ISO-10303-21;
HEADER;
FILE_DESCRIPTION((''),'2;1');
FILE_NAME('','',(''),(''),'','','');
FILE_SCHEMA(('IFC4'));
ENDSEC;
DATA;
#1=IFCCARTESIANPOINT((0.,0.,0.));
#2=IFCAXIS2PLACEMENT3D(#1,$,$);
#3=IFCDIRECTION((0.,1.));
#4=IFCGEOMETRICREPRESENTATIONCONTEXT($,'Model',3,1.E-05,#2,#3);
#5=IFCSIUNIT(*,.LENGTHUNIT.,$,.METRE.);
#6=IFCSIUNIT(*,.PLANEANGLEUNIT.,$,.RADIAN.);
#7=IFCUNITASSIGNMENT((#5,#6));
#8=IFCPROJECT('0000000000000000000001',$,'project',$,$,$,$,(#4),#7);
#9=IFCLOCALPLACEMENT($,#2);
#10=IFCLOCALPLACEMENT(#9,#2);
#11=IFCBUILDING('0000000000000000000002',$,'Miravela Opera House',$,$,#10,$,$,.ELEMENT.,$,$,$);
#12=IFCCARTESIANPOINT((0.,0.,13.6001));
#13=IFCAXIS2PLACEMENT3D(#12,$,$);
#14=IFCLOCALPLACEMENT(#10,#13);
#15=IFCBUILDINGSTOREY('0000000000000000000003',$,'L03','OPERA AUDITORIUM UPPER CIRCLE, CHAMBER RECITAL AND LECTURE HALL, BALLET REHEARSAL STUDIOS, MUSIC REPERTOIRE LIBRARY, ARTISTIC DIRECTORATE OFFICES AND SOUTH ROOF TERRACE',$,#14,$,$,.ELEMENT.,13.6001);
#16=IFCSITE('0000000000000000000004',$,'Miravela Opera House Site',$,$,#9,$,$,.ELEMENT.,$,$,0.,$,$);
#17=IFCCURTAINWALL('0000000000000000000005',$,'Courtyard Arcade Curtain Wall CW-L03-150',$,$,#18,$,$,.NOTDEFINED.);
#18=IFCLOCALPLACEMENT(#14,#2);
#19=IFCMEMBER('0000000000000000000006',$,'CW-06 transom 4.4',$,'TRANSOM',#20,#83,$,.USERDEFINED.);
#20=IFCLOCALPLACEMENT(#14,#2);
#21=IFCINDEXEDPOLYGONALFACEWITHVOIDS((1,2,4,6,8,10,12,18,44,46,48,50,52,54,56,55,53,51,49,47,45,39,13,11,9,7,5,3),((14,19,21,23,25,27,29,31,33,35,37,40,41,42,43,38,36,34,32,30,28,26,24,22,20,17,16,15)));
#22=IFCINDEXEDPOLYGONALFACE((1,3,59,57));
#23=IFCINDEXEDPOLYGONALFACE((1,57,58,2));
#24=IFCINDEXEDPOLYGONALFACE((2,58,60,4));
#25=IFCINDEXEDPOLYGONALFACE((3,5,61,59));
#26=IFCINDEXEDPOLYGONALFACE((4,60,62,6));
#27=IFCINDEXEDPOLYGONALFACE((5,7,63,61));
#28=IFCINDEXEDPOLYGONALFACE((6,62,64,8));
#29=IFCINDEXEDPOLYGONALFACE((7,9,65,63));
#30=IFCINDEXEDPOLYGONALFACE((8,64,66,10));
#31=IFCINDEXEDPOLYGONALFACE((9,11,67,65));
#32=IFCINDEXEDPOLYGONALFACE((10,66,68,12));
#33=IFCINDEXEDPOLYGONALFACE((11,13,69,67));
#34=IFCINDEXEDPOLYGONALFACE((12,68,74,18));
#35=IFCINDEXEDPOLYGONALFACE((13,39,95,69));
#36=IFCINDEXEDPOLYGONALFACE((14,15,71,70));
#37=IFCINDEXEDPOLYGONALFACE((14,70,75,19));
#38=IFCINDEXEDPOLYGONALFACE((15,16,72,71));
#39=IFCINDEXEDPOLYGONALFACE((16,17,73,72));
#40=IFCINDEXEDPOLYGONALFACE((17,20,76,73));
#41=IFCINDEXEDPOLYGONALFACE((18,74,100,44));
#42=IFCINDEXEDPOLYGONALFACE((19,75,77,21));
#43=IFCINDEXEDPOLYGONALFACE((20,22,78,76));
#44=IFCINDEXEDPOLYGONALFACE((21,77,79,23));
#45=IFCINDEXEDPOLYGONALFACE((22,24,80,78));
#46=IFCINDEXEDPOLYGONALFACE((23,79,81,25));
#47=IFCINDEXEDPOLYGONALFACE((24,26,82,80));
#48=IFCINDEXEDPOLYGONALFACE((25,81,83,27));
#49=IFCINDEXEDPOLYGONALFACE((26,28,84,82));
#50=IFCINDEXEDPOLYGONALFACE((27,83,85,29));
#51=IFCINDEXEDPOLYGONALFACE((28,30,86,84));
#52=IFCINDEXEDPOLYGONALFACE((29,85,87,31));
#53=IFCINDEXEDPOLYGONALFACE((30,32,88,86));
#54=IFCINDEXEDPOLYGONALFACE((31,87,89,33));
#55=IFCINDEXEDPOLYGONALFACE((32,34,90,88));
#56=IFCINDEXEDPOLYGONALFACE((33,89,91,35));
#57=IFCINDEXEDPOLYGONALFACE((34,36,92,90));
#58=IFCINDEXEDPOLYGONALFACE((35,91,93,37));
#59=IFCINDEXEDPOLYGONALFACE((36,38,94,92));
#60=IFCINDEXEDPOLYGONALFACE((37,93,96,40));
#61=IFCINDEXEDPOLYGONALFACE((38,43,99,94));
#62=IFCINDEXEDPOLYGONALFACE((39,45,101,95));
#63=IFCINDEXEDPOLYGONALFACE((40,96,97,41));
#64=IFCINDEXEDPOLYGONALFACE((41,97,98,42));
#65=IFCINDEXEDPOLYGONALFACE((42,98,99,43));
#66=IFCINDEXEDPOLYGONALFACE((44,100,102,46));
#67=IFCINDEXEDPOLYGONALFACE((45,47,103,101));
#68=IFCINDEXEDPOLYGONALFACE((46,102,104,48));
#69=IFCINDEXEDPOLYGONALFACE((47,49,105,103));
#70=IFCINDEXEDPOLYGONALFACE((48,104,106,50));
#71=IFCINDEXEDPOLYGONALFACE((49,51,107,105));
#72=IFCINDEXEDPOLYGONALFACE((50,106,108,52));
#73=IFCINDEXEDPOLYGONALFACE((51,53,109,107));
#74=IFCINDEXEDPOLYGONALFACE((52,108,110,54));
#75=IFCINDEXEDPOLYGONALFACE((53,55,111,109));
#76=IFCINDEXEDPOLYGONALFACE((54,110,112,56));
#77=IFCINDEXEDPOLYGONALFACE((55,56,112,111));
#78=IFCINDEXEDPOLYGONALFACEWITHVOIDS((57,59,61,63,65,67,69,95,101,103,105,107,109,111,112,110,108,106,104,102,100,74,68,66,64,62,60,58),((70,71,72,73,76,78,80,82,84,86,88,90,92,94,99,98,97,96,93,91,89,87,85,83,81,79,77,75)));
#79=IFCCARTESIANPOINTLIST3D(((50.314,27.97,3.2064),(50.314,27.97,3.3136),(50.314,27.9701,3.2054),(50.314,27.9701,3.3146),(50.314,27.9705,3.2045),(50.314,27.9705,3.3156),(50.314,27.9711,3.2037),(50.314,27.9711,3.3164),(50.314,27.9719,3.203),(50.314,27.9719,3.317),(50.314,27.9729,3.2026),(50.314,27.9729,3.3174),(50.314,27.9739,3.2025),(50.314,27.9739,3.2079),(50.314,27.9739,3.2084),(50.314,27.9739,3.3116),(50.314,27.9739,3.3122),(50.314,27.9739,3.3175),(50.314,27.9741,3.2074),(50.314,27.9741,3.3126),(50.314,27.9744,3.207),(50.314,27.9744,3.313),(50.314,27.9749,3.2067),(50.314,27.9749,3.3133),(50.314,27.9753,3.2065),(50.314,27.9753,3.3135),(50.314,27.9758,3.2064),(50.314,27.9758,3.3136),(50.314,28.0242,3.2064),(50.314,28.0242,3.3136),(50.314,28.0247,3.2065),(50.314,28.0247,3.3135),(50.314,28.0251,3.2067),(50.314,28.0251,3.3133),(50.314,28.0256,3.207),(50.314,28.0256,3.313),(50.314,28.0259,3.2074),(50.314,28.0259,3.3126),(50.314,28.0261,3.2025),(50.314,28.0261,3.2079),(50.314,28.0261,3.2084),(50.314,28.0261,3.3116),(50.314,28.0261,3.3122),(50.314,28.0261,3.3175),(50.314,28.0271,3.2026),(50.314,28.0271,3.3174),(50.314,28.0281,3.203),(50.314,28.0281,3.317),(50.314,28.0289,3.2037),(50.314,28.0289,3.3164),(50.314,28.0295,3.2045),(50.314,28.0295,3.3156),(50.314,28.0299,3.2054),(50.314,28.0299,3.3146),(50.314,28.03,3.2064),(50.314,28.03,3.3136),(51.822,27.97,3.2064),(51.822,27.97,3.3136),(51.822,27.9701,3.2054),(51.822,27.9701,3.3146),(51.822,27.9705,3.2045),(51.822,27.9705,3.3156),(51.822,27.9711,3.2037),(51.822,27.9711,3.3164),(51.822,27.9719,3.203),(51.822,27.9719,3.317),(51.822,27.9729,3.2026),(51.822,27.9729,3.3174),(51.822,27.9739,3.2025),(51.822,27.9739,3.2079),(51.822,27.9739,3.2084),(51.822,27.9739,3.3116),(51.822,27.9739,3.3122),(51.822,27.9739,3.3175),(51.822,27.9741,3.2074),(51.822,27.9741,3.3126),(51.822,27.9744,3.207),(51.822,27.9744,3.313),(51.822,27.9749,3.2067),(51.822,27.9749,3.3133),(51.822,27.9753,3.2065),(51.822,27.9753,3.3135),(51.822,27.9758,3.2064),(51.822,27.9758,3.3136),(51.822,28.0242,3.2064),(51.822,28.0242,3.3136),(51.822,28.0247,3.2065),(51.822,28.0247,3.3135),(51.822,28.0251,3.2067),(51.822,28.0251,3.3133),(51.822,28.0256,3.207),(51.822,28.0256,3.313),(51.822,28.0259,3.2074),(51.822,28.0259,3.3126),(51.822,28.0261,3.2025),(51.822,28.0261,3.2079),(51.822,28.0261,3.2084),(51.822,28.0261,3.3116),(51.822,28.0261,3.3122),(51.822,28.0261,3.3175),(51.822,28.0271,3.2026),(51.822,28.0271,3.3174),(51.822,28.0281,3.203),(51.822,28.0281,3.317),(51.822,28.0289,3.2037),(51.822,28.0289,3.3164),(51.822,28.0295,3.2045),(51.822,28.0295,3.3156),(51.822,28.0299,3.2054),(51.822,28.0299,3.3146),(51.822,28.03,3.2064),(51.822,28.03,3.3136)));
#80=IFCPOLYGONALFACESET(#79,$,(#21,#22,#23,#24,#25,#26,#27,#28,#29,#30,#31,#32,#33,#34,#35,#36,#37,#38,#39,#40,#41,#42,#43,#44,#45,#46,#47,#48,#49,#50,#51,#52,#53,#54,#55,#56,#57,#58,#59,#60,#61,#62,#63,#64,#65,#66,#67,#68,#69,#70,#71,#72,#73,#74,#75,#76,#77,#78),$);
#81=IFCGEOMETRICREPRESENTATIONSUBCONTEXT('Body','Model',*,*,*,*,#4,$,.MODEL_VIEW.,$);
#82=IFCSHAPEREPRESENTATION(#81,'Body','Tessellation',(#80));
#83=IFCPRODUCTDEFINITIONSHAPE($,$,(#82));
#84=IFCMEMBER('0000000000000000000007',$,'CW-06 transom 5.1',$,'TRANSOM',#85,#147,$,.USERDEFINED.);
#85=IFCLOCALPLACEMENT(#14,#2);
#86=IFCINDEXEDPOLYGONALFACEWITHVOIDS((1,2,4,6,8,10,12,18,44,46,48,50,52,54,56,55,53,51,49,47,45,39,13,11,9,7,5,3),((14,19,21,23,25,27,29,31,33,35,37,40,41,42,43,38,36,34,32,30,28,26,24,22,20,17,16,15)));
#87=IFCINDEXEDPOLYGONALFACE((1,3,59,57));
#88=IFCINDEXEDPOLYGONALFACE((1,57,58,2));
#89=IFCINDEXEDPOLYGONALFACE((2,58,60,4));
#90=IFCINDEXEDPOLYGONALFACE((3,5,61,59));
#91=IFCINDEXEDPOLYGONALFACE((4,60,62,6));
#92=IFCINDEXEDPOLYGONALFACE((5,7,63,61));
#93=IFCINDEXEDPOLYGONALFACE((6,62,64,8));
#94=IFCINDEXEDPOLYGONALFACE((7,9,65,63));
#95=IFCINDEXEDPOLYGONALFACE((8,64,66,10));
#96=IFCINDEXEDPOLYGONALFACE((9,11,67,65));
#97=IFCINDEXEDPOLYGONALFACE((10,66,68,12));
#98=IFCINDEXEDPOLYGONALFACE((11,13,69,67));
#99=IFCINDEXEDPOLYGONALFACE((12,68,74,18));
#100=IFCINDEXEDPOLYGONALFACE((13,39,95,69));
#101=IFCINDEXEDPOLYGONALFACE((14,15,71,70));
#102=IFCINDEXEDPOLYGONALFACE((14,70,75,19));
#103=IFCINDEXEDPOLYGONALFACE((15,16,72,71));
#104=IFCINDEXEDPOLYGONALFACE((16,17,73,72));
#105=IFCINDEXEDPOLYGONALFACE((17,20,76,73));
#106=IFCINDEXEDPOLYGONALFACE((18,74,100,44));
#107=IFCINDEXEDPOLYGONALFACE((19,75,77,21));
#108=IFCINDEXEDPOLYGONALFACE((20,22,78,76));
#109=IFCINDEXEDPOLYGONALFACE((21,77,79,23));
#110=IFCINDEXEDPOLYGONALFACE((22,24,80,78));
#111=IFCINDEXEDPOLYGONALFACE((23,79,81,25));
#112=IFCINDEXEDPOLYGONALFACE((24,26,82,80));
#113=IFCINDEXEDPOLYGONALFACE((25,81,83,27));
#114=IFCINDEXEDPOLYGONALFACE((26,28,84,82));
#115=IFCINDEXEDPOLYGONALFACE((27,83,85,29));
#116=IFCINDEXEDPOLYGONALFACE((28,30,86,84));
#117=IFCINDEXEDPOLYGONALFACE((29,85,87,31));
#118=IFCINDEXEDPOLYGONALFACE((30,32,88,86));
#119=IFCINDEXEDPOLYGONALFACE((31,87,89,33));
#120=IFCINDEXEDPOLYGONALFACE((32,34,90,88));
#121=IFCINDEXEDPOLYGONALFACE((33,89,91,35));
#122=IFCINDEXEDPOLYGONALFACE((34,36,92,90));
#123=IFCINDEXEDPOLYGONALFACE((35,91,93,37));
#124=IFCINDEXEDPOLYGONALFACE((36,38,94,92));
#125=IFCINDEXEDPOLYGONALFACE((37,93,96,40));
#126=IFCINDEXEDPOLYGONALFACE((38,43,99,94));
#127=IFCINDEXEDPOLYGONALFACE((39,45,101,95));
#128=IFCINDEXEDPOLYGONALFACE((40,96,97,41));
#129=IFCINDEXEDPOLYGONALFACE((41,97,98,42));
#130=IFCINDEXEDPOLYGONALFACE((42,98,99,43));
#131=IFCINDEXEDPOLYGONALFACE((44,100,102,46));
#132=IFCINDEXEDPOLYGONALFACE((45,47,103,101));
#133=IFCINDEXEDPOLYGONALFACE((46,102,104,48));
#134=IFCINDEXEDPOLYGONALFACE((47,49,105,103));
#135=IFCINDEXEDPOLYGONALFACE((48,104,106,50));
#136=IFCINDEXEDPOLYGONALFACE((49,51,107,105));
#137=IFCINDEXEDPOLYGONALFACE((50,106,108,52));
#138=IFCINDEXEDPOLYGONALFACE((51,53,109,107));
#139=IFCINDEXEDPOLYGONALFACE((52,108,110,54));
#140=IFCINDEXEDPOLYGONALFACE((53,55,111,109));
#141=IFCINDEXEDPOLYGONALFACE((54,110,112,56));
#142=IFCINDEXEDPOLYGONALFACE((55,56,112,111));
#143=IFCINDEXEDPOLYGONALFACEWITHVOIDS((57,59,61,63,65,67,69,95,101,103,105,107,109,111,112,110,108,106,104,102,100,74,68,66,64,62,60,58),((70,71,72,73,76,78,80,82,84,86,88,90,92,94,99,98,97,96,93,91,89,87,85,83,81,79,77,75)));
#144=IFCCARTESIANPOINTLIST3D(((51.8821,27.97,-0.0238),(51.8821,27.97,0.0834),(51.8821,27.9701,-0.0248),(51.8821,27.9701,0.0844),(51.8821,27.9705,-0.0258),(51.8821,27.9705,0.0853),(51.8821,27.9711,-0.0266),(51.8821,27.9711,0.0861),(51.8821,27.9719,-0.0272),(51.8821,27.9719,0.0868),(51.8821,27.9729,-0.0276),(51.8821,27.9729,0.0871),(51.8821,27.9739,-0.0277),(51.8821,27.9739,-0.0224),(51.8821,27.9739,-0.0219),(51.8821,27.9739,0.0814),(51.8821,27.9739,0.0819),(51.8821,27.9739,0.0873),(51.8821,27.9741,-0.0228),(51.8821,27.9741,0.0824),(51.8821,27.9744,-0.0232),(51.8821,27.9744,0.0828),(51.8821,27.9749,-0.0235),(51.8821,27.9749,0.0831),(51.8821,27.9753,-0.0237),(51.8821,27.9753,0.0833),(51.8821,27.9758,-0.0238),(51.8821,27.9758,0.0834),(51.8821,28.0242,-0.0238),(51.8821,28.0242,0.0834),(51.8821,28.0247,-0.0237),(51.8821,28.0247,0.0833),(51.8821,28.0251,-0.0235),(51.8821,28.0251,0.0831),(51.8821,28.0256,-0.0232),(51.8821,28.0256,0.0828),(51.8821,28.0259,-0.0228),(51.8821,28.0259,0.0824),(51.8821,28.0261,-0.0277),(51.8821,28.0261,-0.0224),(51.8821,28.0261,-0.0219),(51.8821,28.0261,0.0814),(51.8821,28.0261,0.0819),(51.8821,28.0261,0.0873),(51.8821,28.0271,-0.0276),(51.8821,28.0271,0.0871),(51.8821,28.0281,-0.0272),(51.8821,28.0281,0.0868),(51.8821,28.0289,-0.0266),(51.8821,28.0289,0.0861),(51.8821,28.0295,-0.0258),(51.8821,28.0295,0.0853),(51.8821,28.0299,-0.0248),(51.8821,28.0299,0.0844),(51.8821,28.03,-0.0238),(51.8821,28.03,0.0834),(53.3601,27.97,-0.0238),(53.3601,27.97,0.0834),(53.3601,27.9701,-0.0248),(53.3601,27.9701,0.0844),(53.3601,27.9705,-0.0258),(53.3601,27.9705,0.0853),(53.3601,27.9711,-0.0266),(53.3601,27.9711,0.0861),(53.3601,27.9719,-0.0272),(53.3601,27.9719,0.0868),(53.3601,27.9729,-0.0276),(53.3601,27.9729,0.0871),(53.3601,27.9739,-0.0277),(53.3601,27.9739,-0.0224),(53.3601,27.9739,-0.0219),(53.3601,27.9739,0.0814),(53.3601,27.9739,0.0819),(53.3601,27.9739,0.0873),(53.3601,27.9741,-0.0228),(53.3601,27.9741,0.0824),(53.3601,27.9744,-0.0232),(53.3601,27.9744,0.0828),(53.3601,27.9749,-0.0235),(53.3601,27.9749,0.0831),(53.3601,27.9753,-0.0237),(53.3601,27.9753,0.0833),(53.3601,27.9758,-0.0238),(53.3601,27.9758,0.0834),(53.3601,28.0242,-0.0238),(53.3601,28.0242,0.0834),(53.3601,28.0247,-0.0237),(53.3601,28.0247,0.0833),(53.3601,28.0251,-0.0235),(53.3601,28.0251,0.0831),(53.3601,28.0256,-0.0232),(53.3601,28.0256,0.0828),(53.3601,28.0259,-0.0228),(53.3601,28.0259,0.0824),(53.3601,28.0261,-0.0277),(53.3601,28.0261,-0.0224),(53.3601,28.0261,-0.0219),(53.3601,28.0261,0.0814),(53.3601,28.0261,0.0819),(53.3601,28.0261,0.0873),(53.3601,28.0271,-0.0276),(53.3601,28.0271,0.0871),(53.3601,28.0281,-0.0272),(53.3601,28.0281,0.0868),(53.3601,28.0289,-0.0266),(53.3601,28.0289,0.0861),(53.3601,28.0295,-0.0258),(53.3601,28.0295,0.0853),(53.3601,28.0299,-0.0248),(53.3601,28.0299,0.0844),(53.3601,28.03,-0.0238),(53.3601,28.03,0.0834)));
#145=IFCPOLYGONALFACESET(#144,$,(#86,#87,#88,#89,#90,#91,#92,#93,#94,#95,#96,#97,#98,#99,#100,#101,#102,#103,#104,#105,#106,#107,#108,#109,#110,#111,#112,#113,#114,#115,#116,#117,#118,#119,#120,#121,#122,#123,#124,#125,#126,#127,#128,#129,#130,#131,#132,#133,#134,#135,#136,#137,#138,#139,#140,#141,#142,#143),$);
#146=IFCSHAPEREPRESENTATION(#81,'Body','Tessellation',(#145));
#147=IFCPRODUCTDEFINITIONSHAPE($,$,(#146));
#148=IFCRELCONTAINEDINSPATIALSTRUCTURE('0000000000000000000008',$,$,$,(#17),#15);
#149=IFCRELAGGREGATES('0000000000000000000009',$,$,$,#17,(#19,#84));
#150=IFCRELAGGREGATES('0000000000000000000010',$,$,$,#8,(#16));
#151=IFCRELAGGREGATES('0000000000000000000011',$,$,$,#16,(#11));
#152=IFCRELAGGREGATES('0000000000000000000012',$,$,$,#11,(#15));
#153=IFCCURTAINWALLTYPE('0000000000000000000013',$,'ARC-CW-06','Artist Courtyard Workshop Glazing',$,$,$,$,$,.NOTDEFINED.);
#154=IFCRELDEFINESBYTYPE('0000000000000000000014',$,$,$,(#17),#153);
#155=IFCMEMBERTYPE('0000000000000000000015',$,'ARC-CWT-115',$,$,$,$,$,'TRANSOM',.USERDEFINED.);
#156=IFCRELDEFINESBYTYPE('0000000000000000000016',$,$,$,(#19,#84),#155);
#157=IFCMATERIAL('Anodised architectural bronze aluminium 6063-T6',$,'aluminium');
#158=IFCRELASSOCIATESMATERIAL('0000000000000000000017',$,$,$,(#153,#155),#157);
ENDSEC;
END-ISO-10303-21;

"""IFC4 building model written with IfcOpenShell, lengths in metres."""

from ifc_helpers import new_model, si_unit, direction, frame, origin, origin_2d, place, context, subcontext, project, spatial, hollow_rectangle, extrude, material, material_profile, profile_set, type_object, element, aggregate, save


model = new_model("IFC4")

# Units and contexts
model_context = context("Model", 3, precision=1e-05, world=origin(), true_north=direction((0.0, 1.0)))
body_context = subcontext(model_context, "Body", "Model", "MODEL_VIEW")
ifc_project = project(units=[si_unit("LENGTHUNIT", "METRE"), si_unit("PLANEANGLEUNIT", "RADIAN")], contexts=[model_context])

# Site, building, storey
site_placement = place(None, origin())
site = spatial("IfcSite", under=ifc_project, at=site_placement, Name="Miravela Opera House Site", CompositionType="ELEMENT", RefElevation=0.0)
building_placement = place(site_placement, origin())
building = spatial("IfcBuilding", under=site, at=building_placement, Name="Miravela Opera House", CompositionType="ELEMENT")
storey_placement = place(building_placement, frame((0.0, 0.0, 13.6001)))
storey = spatial("IfcBuildingStorey", under=building, at=storey_placement, Name="L03", Description="OPERA AUDITORIUM UPPER CIRCLE, CHAMBER RECITAL AND LECTURE HALL, BALLET REHEARSAL STUDIOS, MUSIC REPERTOIRE LIBRARY, ARTISTIC DIRECTORATE OFFICES AND SOUTH ROOF TERRACE", CompositionType="ELEMENT", Elevation=13.6001)

# Curtain wall
ifc_material_1 = material(Name="Anodised architectural bronze aluminium 6063-T6", Category="aluminium")
curtain_wall_type = type_object("IfcCurtainWallType", Name="ARC-CW-06", Description="Artist Courtyard Workshop Glazing", PredefinedType="NOTDEFINED", material=ifc_material_1)
curtain_wall_1_placement = place(storey_placement, origin())
curtain_wall_1 = element("IfcCurtainWall", 1, at=curtain_wall_1_placement, inside=storey, type_object=curtain_wall_type, Name="Courtyard Arcade Curtain Wall CW-L03-150", PredefinedType="NOTDEFINED")

# Members
ifc_material_profile_1 = material_profile(ifc_material_1, hollow_rectangle(XDim=0.0601, YDim=0.115, WallThickness=0.0039, InnerFilletRadius=0.002, OuterFilletRadius=0.0039, at=origin_2d()), Name="CWT-60X115")
ifc_profile_set_1 = profile_set([ifc_material_profile_1])
member_type_1 = type_object("IfcMemberType", Name="ARC-CWT-115", ElementType="TRANSOM", PredefinedType="USERDEFINED", material=ifc_profile_set_1)
member_1_placement = place(storey_placement, frame((50.314, 28.0, 3.26), z_axis=(1.0, 0.0, 0.0), x_axis=(0.0, 1.0, 0.0)))
member_1 = element("IfcMember", 2, at=member_1_placement, type_object=member_type_1, Name="CW-06 transom 4.4", ObjectType="TRANSOM", PredefinedType="USERDEFINED", context=body_context, shape_type="SweptSolid", body=[
    extrude(hollow_rectangle(XDim=0.0601, YDim=0.115, WallThickness=0.0039, InnerFilletRadius=0.002, OuterFilletRadius=0.0039, at=origin_2d()), origin(), (0.0, 0.0, 1.0), 1.5081),
])
member_2_placement = place(storey_placement, frame((51.8821, 28.0, 0.0298), z_axis=(1.0, 0.0, 0.0), x_axis=(0.0, 1.0, 0.0)))
member_2 = element("IfcMember", 3, at=member_2_placement, type_object=member_type_1, Name="CW-06 transom 5.1", ObjectType="TRANSOM", PredefinedType="USERDEFINED", context=body_context, shape_type="SweptSolid", body=[
    extrude(hollow_rectangle(XDim=0.0601, YDim=0.115, WallThickness=0.0039, InnerFilletRadius=0.002, OuterFilletRadius=0.0039, at=origin_2d()), origin(), (0.0, 0.0, 1.0), 1.478),
])

aggregate(curtain_wall_1, [member_1, member_2])

save(model, "model.ifc")
